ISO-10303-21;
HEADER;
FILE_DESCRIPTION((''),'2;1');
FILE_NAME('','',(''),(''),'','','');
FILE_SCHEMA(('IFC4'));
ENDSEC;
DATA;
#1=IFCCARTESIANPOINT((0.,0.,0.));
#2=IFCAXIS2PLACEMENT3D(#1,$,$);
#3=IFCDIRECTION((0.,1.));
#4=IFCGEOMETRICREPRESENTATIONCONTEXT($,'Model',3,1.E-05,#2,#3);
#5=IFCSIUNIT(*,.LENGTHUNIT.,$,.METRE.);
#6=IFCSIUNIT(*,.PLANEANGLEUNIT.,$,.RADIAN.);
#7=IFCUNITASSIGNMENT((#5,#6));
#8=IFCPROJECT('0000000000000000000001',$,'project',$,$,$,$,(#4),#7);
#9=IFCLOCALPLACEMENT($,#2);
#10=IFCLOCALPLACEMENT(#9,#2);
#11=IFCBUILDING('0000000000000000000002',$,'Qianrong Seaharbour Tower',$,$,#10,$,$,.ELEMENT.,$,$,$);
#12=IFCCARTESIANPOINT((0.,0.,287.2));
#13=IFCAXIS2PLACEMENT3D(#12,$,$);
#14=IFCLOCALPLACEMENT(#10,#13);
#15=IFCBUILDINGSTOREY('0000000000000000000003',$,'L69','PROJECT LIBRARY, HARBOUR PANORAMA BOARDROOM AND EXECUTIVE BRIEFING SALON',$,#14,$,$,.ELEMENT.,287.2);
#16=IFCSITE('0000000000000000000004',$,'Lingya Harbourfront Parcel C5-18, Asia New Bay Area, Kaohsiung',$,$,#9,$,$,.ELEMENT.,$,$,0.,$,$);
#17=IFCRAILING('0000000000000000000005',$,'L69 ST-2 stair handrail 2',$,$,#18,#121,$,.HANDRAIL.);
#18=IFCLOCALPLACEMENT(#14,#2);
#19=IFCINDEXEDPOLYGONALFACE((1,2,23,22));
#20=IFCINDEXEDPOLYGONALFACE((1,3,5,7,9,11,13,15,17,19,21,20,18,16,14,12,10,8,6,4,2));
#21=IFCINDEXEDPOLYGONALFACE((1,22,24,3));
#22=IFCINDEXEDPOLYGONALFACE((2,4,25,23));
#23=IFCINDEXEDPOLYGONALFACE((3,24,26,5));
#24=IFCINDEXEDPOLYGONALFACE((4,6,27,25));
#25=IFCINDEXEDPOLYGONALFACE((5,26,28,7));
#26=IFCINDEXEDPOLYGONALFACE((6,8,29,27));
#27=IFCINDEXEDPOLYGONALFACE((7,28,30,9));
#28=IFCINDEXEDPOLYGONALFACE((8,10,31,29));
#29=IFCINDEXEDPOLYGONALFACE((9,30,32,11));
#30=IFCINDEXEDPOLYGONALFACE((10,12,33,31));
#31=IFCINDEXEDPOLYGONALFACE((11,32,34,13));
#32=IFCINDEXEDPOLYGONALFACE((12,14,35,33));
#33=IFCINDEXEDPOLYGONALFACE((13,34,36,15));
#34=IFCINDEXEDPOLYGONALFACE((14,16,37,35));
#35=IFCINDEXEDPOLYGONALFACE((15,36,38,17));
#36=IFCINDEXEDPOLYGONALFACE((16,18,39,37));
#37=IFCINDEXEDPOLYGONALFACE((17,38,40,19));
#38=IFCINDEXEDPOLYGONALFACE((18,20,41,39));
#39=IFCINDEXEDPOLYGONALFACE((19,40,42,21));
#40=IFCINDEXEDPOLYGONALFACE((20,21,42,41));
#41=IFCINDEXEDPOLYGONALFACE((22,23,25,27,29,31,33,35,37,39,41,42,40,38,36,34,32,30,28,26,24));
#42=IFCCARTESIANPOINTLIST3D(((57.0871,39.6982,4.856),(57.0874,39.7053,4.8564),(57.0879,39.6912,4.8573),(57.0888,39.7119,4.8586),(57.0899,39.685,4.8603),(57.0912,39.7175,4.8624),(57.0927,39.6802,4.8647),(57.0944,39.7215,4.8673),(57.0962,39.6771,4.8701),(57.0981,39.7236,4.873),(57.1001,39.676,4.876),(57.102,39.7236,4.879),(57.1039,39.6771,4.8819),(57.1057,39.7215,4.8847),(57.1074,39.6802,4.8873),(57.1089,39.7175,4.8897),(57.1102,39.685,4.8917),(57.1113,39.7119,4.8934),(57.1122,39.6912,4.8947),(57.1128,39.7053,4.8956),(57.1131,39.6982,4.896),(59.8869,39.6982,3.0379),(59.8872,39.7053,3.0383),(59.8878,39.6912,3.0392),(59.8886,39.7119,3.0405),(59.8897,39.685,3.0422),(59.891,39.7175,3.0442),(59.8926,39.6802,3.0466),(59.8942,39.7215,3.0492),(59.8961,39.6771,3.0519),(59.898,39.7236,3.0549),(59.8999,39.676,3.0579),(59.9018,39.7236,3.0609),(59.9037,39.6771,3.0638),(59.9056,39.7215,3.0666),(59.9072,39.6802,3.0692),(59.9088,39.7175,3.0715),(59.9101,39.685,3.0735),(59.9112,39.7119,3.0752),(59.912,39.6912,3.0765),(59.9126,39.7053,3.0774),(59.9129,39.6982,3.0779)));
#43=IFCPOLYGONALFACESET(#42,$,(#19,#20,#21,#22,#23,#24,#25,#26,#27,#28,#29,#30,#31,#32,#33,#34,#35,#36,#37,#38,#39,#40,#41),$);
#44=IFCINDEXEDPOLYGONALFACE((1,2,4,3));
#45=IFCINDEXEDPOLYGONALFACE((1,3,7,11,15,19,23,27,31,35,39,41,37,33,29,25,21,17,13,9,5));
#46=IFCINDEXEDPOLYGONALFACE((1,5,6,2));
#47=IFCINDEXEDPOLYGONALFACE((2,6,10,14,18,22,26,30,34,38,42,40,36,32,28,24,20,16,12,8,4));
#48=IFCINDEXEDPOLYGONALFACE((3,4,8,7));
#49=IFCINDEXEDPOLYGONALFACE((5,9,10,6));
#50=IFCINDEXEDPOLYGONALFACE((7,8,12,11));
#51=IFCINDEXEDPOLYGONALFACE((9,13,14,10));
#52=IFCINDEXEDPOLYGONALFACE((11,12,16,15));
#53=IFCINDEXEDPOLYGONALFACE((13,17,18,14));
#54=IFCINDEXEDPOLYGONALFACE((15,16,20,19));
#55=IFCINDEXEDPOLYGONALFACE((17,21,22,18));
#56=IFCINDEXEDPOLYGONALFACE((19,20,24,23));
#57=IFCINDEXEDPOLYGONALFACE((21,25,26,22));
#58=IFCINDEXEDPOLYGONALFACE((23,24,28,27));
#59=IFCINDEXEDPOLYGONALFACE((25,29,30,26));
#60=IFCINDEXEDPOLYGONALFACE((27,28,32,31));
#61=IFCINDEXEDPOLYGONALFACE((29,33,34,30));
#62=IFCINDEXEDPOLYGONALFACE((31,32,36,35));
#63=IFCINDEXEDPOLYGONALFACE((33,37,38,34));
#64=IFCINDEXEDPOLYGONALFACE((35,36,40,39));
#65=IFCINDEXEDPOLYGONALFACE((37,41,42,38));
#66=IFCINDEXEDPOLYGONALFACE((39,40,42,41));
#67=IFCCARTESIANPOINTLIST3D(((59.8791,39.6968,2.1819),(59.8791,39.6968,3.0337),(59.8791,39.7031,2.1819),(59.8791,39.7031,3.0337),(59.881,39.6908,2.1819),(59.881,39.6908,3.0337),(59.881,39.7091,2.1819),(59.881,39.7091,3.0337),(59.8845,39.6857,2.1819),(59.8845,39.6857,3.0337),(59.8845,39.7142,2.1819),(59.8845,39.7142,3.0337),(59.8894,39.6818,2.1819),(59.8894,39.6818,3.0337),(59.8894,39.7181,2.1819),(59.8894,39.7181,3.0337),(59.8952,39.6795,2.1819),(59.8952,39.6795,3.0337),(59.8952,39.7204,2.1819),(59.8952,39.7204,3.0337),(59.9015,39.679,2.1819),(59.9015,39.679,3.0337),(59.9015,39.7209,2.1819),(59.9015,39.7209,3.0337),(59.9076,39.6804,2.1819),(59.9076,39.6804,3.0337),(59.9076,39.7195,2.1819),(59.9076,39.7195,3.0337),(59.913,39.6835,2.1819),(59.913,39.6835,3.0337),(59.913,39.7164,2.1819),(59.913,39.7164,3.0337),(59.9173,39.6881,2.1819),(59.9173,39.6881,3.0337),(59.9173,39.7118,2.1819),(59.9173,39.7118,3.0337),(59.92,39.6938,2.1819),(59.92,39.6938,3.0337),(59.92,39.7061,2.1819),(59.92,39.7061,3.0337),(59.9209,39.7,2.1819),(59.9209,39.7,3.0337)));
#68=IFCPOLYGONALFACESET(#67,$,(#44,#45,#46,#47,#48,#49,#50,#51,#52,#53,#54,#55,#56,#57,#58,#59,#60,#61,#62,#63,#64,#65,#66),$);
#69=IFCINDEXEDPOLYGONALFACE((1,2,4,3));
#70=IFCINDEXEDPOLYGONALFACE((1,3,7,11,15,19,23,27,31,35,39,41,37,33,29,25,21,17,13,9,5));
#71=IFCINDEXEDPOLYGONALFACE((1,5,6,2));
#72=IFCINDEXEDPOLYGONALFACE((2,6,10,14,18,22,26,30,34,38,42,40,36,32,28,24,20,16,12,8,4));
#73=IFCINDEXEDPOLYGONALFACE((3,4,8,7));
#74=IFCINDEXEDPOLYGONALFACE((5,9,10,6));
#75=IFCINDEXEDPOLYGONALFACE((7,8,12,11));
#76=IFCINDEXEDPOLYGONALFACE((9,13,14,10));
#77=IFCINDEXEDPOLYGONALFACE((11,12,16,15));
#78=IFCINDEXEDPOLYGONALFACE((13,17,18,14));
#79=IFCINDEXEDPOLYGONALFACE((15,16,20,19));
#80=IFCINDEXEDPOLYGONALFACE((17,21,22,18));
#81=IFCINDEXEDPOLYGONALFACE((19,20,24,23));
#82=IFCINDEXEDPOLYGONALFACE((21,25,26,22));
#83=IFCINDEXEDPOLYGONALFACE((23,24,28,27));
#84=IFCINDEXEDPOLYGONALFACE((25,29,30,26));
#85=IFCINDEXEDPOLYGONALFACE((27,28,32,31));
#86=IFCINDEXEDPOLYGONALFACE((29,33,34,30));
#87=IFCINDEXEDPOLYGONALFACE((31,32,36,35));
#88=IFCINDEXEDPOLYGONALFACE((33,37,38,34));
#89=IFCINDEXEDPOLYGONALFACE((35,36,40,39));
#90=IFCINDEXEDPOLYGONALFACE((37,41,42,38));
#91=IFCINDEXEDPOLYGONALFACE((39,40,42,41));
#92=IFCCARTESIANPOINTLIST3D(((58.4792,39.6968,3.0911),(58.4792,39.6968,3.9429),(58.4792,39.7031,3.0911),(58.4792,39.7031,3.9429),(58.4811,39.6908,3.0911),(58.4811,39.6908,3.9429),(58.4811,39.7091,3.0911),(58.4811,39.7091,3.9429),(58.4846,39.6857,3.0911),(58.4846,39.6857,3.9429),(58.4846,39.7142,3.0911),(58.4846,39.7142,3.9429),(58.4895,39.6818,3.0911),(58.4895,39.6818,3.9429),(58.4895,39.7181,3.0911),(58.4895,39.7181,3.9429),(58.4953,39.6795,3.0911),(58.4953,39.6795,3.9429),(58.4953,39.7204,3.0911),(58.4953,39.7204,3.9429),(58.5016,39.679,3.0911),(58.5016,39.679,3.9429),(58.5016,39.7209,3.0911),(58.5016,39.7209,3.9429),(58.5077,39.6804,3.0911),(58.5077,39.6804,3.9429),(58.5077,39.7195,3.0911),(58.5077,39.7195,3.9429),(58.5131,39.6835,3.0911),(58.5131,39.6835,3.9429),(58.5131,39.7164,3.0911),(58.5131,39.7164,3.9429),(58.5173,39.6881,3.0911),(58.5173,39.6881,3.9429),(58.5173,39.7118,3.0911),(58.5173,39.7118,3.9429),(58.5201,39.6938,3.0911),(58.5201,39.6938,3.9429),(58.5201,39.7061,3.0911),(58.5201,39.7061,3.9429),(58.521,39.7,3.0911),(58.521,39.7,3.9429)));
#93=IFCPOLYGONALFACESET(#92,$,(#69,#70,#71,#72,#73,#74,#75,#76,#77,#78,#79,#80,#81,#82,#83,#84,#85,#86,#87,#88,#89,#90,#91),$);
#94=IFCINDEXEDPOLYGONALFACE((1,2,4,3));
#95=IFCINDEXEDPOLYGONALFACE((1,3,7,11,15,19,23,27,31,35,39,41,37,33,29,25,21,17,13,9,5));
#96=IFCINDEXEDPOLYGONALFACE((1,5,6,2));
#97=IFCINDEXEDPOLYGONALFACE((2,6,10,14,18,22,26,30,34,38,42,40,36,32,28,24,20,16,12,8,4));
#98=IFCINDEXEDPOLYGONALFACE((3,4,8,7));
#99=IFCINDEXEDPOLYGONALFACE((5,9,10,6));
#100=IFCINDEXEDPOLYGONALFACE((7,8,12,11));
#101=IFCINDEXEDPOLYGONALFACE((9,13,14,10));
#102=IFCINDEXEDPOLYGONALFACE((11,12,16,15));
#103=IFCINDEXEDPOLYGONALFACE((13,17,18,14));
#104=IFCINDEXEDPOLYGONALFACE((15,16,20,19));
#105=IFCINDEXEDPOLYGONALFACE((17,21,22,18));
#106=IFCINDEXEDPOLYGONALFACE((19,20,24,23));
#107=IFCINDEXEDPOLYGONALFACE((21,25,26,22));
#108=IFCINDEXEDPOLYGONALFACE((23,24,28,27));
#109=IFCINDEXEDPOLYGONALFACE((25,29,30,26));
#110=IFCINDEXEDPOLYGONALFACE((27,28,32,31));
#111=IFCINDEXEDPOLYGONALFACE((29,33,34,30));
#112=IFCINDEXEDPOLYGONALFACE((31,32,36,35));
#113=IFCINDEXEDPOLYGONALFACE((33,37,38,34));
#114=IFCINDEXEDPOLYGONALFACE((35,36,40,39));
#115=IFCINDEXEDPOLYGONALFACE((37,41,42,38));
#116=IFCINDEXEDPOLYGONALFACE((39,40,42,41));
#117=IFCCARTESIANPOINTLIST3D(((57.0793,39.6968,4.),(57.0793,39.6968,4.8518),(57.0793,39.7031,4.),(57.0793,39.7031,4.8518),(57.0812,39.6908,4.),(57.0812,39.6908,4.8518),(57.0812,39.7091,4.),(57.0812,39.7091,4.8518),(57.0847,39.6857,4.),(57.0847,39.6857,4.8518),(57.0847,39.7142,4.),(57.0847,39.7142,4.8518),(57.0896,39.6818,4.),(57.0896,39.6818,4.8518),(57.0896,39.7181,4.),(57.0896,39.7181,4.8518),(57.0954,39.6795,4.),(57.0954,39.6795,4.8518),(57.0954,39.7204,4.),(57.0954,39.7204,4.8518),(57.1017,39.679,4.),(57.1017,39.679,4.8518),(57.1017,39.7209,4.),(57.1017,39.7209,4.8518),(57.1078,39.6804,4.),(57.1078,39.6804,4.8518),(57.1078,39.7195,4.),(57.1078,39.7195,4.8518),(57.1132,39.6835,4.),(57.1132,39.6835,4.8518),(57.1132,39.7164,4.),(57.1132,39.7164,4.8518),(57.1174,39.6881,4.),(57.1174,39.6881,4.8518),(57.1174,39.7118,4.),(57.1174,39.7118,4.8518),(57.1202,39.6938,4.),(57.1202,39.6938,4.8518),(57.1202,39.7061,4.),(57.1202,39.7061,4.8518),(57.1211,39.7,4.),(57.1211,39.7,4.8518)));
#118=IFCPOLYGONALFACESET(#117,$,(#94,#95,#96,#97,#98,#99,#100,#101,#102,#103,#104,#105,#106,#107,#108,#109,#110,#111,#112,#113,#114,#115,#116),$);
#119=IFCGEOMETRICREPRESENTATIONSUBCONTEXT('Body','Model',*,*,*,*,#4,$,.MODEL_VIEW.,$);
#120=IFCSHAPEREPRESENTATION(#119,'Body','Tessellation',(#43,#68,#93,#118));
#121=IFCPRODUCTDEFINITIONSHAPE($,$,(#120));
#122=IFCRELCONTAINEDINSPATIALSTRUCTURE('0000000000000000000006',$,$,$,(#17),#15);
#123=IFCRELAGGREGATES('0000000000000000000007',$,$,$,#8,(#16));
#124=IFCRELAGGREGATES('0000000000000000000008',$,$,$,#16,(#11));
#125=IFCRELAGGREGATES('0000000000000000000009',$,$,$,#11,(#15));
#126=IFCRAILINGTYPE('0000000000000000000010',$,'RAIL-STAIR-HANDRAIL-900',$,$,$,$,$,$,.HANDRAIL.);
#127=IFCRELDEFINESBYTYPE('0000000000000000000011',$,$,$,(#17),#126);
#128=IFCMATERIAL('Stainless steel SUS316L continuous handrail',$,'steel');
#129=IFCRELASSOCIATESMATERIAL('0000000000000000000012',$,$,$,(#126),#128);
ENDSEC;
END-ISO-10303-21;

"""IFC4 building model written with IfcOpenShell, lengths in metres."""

from ifc_helpers import new_model, si_unit, direction, frame, origin, origin_2d, place, context, subcontext, project, spatial, circle, extrude, material, type_object, element, save


model = new_model("IFC4")

# Units and contexts
model_context = context("Model", 3, precision=1e-05, world=origin(), true_north=direction((0.0, 1.0)))
body_context = subcontext(model_context, "Body", "Model", "MODEL_VIEW")
ifc_project = project(units=[si_unit("LENGTHUNIT", "METRE"), si_unit("PLANEANGLEUNIT", "RADIAN")], contexts=[model_context])

# Site, building, storey
site_placement = place(None, origin())
site = spatial("IfcSite", under=ifc_project, at=site_placement, Name="Lingya Harbourfront Parcel C5-18, Asia New Bay Area, Kaohsiung", CompositionType="ELEMENT", RefElevation=0.0)
building_placement = place(site_placement, origin())
building = spatial("IfcBuilding", under=site, at=building_placement, Name="Qianrong Seaharbour Tower", CompositionType="ELEMENT")
storey_placement = place(building_placement, frame((0.0, 0.0, 287.2)))
storey = spatial("IfcBuildingStorey", under=building, at=storey_placement, Name="L69", Description="PROJECT LIBRARY, HARBOUR PANORAMA BOARDROOM AND EXECUTIVE BRIEFING SALON", CompositionType="ELEMENT", Elevation=287.2)

# Railing
ifc_material_1 = material(Name="Stainless steel SUS316L continuous handrail", Category="steel")
railing_type_1 = type_object("IfcRailingType", Name="RAIL-STAIR-HANDRAIL-900", PredefinedType="HANDRAIL", material=ifc_material_1)
railing_1_placement = place(storey_placement, frame((59.8999, 39.7, 2.1819)))
element("IfcRailing", 1, at=railing_1_placement, inside=storey, type_object=railing_type_1, Name="L69 ST-2 stair handrail 2", PredefinedType="HANDRAIL", context=body_context, shape_type="SweptSolid", body=[
    extrude(circle(Radius=0.0239, at=origin_2d()), frame((0.0, 0.0, 0.876), z_axis=(-0.838684, 0.0, 0.544618), x_axis=(0.0, -1.0, 0.0)), (0.0, 0.0, 1.0), 3.3384),
    extrude(circle(Radius=0.021, at=origin_2d()), origin(), (0.0, 0.0, 1.0), 0.8518),
    extrude(circle(Radius=0.021, at=origin_2d()), frame((-1.3999, 0.0, 0.9092)), (0.0, 0.0, 1.0), 0.8518),
    extrude(circle(Radius=0.021, at=origin_2d()), frame((-2.7998, 0.0, 1.8181)), (0.0, 0.0, 1.0), 0.8518),
])

save(model, "model.ifc")
